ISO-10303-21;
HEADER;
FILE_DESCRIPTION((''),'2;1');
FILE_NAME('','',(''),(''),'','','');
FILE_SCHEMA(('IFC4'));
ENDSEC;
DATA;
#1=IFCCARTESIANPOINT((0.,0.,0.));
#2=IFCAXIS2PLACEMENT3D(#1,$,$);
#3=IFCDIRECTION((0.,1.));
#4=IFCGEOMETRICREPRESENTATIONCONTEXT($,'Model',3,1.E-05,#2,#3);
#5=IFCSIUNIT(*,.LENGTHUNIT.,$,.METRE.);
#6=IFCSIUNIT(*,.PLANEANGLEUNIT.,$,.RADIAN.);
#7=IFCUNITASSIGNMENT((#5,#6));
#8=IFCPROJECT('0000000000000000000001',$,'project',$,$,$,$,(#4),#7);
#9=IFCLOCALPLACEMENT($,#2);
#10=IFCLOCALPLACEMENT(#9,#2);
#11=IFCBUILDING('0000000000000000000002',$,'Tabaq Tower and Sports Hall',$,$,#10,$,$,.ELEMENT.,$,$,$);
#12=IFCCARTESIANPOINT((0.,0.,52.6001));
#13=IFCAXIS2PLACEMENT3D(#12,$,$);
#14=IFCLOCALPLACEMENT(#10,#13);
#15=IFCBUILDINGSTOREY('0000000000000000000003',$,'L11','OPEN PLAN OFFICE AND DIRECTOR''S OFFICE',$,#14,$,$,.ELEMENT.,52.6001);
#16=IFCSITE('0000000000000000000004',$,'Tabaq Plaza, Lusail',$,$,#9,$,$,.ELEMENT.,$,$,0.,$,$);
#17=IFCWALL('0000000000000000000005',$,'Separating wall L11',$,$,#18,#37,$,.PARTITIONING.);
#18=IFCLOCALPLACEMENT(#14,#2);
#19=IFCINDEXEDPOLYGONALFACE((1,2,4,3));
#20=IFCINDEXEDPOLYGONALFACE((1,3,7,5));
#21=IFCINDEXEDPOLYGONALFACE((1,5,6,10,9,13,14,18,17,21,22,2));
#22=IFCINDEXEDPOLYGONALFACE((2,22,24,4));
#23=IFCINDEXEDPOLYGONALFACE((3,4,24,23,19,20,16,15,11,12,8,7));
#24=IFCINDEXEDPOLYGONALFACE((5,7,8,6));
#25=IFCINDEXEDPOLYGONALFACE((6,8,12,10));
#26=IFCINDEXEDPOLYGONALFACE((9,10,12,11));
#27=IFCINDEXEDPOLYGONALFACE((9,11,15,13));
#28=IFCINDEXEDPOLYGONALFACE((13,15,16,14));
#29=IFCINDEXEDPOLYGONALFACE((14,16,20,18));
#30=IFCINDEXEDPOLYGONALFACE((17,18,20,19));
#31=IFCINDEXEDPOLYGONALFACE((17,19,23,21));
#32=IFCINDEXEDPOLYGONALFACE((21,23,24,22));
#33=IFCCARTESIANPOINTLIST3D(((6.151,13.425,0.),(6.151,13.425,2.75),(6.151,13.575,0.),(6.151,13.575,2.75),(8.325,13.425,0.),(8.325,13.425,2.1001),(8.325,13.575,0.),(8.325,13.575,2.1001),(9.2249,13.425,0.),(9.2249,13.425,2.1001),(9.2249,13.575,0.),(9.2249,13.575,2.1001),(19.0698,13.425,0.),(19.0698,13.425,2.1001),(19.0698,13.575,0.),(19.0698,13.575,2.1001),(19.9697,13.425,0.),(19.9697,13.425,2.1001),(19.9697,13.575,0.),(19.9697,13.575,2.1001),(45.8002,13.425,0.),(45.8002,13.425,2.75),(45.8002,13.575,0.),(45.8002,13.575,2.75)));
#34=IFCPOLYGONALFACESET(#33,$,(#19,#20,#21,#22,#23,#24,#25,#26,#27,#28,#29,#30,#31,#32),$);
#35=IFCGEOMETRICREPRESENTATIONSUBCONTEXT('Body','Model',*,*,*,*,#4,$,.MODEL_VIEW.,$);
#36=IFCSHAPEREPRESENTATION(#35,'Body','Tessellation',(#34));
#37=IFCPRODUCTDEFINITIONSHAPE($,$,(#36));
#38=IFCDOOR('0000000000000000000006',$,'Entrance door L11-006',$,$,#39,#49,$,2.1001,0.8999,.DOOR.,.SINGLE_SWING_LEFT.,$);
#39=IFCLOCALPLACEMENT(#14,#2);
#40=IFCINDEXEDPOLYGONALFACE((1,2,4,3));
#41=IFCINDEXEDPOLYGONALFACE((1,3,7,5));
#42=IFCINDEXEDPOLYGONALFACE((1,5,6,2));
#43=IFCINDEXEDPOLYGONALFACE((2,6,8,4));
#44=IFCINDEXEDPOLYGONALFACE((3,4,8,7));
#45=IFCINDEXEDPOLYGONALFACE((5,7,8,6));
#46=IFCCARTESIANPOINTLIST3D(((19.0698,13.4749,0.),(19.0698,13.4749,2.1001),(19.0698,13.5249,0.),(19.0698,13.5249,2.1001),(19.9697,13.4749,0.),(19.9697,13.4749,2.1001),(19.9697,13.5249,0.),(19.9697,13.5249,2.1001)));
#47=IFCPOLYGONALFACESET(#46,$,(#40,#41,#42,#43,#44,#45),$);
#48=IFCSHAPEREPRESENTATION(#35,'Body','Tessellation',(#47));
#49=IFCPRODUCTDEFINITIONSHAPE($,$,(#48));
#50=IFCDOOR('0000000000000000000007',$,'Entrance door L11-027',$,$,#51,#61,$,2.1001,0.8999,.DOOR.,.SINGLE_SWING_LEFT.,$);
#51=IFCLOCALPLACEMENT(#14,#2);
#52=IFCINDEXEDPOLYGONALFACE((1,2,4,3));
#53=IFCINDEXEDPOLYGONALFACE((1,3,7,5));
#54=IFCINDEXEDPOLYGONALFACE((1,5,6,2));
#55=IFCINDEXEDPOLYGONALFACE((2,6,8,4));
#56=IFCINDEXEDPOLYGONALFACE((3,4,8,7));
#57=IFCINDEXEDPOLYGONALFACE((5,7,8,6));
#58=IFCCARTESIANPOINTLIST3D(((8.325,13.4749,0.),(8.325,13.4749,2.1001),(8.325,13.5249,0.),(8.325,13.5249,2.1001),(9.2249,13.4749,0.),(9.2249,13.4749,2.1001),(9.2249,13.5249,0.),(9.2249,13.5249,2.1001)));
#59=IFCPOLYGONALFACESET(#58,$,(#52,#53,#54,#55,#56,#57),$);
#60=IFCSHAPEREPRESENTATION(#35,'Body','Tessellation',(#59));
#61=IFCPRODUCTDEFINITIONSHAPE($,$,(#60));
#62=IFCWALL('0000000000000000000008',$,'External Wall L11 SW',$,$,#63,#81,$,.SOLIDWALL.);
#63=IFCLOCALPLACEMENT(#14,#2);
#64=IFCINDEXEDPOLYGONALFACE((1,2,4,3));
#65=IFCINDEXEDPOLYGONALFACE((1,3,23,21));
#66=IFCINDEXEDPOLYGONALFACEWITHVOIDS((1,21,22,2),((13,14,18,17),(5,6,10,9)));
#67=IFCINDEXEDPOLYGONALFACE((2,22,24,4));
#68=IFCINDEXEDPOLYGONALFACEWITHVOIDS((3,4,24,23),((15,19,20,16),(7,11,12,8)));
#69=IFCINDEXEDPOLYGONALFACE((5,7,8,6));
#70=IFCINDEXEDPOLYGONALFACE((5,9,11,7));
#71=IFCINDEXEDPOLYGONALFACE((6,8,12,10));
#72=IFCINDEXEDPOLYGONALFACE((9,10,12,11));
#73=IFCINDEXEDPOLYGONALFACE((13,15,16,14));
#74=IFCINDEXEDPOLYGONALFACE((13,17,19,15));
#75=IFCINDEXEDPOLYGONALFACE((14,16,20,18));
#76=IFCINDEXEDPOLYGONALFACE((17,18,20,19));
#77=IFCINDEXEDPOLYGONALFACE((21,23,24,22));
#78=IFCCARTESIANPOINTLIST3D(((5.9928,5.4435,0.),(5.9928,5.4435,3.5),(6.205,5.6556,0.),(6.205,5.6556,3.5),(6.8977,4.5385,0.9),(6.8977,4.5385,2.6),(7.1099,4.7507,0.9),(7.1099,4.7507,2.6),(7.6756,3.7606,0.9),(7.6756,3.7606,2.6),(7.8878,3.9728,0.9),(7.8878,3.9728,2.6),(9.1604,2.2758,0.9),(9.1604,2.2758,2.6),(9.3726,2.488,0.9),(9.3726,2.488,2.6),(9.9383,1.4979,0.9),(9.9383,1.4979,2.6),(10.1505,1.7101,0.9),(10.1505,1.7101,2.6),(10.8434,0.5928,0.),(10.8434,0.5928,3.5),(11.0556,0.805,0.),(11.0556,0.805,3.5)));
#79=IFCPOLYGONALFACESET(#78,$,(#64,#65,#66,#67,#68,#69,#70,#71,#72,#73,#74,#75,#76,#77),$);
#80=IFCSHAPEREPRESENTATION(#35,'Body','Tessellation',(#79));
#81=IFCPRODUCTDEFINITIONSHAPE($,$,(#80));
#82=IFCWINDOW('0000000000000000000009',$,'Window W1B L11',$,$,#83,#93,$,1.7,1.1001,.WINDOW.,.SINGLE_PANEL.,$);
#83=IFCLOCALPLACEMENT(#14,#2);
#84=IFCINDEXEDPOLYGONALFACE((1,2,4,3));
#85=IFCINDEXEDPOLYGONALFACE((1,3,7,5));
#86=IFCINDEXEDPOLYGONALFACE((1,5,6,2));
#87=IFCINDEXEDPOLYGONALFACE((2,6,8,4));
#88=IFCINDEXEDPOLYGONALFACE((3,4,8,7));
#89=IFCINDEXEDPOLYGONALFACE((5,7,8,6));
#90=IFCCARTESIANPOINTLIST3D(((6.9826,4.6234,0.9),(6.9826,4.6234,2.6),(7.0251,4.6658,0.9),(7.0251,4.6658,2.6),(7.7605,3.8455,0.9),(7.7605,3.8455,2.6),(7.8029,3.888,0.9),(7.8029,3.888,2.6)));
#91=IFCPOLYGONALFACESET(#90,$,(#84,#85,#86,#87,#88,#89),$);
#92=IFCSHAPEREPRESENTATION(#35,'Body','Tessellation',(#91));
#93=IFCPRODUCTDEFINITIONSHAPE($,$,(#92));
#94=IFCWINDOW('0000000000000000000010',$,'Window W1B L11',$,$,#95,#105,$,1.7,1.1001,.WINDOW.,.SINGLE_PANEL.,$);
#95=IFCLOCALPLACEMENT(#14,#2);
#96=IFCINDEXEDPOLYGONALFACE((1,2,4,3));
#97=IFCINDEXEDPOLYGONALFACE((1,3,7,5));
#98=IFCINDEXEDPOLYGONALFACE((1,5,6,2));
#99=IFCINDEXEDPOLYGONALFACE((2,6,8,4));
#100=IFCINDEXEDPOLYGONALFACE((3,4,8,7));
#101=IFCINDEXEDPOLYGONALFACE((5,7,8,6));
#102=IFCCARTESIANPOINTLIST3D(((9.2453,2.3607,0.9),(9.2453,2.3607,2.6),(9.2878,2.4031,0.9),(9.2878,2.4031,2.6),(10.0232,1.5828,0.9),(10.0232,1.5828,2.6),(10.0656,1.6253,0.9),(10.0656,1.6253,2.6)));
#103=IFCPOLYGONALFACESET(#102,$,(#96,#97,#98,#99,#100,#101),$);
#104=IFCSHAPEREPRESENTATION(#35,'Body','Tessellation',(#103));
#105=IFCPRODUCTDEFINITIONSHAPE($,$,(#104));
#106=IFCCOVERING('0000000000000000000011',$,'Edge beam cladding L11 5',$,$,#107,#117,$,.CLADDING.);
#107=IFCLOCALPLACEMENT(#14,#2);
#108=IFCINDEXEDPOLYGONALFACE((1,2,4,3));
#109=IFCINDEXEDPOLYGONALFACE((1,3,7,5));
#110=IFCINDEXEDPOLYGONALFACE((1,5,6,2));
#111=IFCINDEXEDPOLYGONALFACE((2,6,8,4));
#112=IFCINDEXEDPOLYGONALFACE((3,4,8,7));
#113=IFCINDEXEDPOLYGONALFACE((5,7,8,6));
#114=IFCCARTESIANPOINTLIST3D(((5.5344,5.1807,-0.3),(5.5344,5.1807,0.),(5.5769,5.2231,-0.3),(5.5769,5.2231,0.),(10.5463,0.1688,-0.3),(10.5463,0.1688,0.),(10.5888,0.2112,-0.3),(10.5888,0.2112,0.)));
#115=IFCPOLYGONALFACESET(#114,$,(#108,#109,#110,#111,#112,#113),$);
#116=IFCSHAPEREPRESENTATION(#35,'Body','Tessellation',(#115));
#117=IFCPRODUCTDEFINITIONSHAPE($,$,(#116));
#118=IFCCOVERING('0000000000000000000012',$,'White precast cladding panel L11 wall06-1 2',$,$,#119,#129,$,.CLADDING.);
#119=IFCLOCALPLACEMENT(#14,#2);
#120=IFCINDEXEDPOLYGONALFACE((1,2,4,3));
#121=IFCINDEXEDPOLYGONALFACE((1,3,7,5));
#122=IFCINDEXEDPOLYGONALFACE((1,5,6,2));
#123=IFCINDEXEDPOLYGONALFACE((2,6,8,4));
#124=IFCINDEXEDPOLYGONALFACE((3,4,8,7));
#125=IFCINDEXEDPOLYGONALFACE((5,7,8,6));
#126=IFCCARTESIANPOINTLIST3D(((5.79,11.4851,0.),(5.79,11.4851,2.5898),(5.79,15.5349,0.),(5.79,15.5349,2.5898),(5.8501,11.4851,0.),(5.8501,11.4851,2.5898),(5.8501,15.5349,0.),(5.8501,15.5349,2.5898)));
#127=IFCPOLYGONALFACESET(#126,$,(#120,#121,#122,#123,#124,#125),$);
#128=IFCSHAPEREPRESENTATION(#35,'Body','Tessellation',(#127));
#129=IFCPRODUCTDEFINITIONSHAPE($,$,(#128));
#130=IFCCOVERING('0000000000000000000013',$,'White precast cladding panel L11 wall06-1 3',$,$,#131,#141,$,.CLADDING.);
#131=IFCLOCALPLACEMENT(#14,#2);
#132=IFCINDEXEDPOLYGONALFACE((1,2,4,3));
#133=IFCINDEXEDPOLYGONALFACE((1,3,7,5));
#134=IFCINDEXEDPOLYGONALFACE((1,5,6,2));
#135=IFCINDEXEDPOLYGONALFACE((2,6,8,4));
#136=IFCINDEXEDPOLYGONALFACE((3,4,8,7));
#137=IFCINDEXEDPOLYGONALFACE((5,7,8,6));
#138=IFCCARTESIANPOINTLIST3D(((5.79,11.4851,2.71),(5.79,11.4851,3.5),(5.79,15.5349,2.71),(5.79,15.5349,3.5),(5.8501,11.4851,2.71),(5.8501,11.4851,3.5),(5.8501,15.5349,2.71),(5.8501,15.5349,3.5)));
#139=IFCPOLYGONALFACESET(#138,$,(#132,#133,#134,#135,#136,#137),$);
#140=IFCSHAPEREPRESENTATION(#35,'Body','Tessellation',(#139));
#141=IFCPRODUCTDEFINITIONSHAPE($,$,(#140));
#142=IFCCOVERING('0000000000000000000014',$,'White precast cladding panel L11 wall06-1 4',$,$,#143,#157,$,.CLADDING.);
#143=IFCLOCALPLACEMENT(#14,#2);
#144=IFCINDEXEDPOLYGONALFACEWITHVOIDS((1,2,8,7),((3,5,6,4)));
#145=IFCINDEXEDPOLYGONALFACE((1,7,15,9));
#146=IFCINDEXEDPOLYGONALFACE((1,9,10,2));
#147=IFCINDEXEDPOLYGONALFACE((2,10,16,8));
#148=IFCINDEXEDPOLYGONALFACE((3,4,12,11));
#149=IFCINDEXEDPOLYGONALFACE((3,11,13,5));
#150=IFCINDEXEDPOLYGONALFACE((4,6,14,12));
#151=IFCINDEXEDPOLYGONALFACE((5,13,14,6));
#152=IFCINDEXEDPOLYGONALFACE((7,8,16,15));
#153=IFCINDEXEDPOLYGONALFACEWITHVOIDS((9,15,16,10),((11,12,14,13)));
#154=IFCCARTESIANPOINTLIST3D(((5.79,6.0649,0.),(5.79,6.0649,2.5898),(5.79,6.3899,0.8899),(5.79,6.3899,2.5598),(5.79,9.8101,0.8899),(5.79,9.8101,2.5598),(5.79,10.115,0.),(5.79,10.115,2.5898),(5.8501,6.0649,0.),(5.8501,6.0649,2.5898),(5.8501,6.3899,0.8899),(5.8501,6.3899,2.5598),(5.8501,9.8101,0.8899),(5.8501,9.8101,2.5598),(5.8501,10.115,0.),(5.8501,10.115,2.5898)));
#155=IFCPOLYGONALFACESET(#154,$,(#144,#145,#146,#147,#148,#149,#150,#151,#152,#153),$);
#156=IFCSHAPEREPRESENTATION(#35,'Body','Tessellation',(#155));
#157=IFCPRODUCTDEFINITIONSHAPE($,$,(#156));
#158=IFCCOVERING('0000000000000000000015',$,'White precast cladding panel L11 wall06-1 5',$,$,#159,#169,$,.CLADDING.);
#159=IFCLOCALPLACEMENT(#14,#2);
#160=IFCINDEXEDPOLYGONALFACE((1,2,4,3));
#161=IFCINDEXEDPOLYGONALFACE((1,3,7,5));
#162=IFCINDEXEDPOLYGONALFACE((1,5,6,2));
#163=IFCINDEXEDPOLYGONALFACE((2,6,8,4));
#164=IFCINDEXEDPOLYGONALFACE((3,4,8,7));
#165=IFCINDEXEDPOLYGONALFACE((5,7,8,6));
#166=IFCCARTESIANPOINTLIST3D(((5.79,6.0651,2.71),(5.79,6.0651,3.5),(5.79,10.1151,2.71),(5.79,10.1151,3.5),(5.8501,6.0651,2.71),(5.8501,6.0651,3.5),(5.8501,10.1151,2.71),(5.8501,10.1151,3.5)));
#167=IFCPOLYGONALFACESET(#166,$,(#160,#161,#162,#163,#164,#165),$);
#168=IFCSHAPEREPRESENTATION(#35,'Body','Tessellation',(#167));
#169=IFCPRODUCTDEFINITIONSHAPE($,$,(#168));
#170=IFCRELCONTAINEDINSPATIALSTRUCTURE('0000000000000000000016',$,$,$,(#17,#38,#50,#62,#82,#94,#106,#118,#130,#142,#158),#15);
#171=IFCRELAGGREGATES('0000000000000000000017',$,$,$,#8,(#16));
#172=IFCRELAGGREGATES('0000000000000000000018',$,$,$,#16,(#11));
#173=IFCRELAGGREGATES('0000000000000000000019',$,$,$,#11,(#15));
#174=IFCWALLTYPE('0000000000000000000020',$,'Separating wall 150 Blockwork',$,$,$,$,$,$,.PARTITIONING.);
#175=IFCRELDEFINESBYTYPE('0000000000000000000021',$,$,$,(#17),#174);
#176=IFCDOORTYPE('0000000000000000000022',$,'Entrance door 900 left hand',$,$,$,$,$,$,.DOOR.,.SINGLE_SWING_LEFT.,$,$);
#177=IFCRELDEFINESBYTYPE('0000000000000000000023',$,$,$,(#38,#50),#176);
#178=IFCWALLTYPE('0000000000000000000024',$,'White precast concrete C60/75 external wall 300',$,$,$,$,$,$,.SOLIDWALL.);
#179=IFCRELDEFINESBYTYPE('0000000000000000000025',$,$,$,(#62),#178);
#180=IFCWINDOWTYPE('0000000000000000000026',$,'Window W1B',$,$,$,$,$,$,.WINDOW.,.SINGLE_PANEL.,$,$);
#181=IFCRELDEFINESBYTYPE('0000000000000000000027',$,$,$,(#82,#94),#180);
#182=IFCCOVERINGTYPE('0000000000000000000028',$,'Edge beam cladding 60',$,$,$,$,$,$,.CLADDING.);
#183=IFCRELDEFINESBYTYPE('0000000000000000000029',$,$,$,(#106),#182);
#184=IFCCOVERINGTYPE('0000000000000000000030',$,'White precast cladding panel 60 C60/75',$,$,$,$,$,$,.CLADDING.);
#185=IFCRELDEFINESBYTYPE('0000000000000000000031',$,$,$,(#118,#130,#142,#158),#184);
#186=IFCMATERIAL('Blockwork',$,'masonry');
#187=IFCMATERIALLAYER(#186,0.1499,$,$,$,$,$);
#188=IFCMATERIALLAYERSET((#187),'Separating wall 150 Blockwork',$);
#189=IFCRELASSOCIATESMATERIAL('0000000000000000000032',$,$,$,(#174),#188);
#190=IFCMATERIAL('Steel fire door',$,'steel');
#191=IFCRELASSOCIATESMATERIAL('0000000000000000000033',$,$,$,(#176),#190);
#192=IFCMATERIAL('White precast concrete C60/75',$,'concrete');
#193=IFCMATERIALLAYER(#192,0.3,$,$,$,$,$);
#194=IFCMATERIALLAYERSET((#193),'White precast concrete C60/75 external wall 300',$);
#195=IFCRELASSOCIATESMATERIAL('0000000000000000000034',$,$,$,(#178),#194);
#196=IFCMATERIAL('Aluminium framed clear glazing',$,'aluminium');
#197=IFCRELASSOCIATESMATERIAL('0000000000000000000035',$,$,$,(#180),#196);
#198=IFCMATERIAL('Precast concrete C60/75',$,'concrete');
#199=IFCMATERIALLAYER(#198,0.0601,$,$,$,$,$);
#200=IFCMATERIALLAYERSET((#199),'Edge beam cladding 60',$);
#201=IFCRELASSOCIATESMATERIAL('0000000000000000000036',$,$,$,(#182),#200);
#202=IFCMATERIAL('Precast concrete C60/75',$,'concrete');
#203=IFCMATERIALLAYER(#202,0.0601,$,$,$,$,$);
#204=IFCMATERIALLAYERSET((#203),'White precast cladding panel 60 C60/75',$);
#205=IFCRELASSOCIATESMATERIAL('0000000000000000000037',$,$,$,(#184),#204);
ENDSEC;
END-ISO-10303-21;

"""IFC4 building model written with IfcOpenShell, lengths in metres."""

from ifc_helpers import new_model, si_unit, direction, frame, frame_2d, origin, place, context, subcontext, project, spatial, polyline, rectangle, outline, extrude, material, layer, layer_set, type_object, element, fill, save


model = new_model("IFC4")

# Units and contexts
model_context = context("Model", 3, precision=1e-05, world=origin(), true_north=direction((0.0, 1.0)))
body_context = subcontext(model_context, "Body", "Model", "MODEL_VIEW")
ifc_project = project(units=[si_unit("LENGTHUNIT", "METRE"), si_unit("PLANEANGLEUNIT", "RADIAN")], contexts=[model_context])

# Site, building, storey
site_placement = place(None, origin())
site = spatial("IfcSite", under=ifc_project, at=site_placement, Name="Tabaq Plaza, Lusail", CompositionType="ELEMENT", RefElevation=0.0)
building_placement = place(site_placement, origin())
building = spatial("IfcBuilding", under=site, at=building_placement, Name="Tabaq Tower and Sports Hall", CompositionType="ELEMENT")
storey_placement = place(building_placement, frame((0.0, 0.0, 52.6001)))
storey = spatial("IfcBuildingStorey", under=building, at=storey_placement, Name="L11", Description="OPEN PLAN OFFICE AND DIRECTOR'S OFFICE", CompositionType="ELEMENT", Elevation=52.6001)

# Wall, openings, doors
ifc_material_1 = material(Name="Blockwork", Category="masonry")
ifc_layer_1 = layer(ifc_material_1, 0.1499)
ifc_layer_set_1 = layer_set([ifc_layer_1], Name="Separating wall 150 Blockwork")
wall_type_1 = type_object("IfcWallType", Name="Separating wall 150 Blockwork", PredefinedType="PARTITIONING", material=ifc_layer_set_1)
wall_1_placement = place(storey_placement, frame((6.1509, 13.5, 0.0), z_axis=(0.0, 0.0, 1.0), x_axis=(1.0, 0.0, 0.0)))
wall_1 = element("IfcWall", 1, at=wall_1_placement, inside=storey, type_object=wall_type_1, Name="Separating wall L11", PredefinedType="PARTITIONING", context=body_context, shape_type="SweptSolid", body=[
    extrude(rectangle(XDim=39.6492, YDim=0.1499, at=frame_2d((19.8247, 0.0))), origin(), (0.0, 0.0, 1.0), 2.75),
])
opening_1_placement = place(wall_1_placement, frame((12.9189, 0.0, 0.0)))
opening_1 = element("IfcOpeningElement", 2, at=opening_1_placement, cuts=wall_1, PredefinedType="OPENING", context=body_context, shape_type="SweptSolid", body=[
    extrude(rectangle(XDim=0.8999, YDim=2.1001, at=frame_2d((0.45, 1.05))), frame((0.0, 0.075, 0.0), z_axis=(0.0, -1.0, 0.0), x_axis=(1.0, 0.0, 0.0)), (0.0, 0.0, 1.0), 0.1499),
])
opening_2_placement = place(wall_1_placement, frame((2.1741, 0.0, 0.0)))
opening_2 = element("IfcOpeningElement", 3, at=opening_2_placement, cuts=wall_1, PredefinedType="OPENING", context=body_context, shape_type="SweptSolid", body=[
    extrude(rectangle(XDim=0.8999, YDim=2.1001, at=frame_2d((0.45, 1.05))), frame((0.0, 0.075, 0.0), z_axis=(0.0, -1.0, 0.0), x_axis=(1.0, 0.0, 0.0)), (0.0, 0.0, 1.0), 0.1499),
])
ifc_material_2 = material(Name="Steel fire door", Category="steel")
door_type_1 = type_object("IfcDoorType", Name="Entrance door 900 left hand", OperationType="SINGLE_SWING_LEFT", PredefinedType="DOOR", material=ifc_material_2)
door_1_placement = place(opening_1_placement, origin())
door_1 = element("IfcDoor", 4, at=door_1_placement, inside=storey, type_object=door_type_1, Name="Entrance door L11-006", OperationType="SINGLE_SWING_LEFT", OverallHeight=2.1001, OverallWidth=0.8999, PredefinedType="DOOR", context=body_context, shape_type="SweptSolid", body=[
    extrude(rectangle(XDim=0.8999, YDim=2.1001, at=frame_2d((0.45, 1.05))), frame((0.0, 0.0249, 0.0), z_axis=(0.0, -1.0, 0.0), x_axis=(1.0, 0.0, 0.0)), (0.0, 0.0, 1.0), 0.05),
])
fill(opening_1, door_1)
door_2_placement = place(opening_2_placement, origin())
door_2 = element("IfcDoor", 5, at=door_2_placement, inside=storey, type_object=door_type_1, Name="Entrance door L11-027", OperationType="SINGLE_SWING_LEFT", OverallHeight=2.1001, OverallWidth=0.8999, PredefinedType="DOOR", context=body_context, shape_type="SweptSolid", body=[
    extrude(rectangle(XDim=0.8999, YDim=2.1001, at=frame_2d((0.45, 1.05))), frame((0.0, 0.0249, 0.0), z_axis=(0.0, -1.0, 0.0), x_axis=(1.0, 0.0, 0.0)), (0.0, 0.0, 1.0), 0.05),
])
fill(opening_2, door_2)

# Wall, openings, windows
ifc_material_3 = material(Name="White precast concrete C60/75", Category="concrete")
ifc_layer_2 = layer(ifc_material_3, 0.3)
ifc_layer_set_2 = layer_set([ifc_layer_2], Name="White precast concrete C60/75 external wall 300")
wall_type_2 = type_object("IfcWallType", Name="White precast concrete C60/75 external wall 300", PredefinedType="SOLIDWALL", material=ifc_layer_set_2)
wall_2_placement = place(storey_placement, frame((6.0989, 5.5496, 0.0), z_axis=(0.0, 0.0, 1.0), x_axis=(0.707107, -0.707107, 0.0)))
wall_2 = element("IfcWall", 6, at=wall_2_placement, inside=storey, type_object=wall_type_2, Name="External Wall L11 SW", PredefinedType="SOLIDWALL", context=body_context, shape_type="SweptSolid", body=[
    extrude(rectangle(XDim=6.8599, YDim=0.3, at=frame_2d((3.4299, 0.0))), origin(), (0.0, 0.0, 1.0), 3.5),
])
opening_3_placement = place(wall_2_placement, frame((1.2798, 0.0, 0.8999)))
opening_3 = element("IfcOpeningElement", 7, at=opening_3_placement, cuts=wall_2, PredefinedType="OPENING", context=body_context, shape_type="SweptSolid", body=[
    extrude(rectangle(XDim=1.1001, YDim=1.7, at=frame_2d((0.55, 0.8501))), frame((0.0, 0.1602, 0.0), z_axis=(0.0, -1.0, 0.0), x_axis=(1.0, 0.0, 0.0)), (0.0, 0.0, 1.0), 0.3201),
])
opening_4_placement = place(wall_2_placement, frame((4.4797, 0.0, 0.8999)))
opening_4 = element("IfcOpeningElement", 8, at=opening_4_placement, cuts=wall_2, PredefinedType="OPENING", context=body_context, shape_type="SweptSolid", body=[
    extrude(rectangle(XDim=1.1001, YDim=1.7, at=frame_2d((0.55, 0.8501))), frame((0.0, 0.1602, 0.0), z_axis=(0.0, -1.0, 0.0), x_axis=(1.0, 0.0, 0.0)), (0.0, 0.0, 1.0), 0.3201),
])
ifc_material_4 = material(Name="Aluminium framed clear glazing", Category="aluminium")
window_type = type_object("IfcWindowType", Name="Window W1B", PartitioningType="SINGLE_PANEL", PredefinedType="WINDOW", material=ifc_material_4)
window_1_placement = place(opening_3_placement, origin())
window_1 = element("IfcWindow", 9, at=window_1_placement, inside=storey, type_object=window_type, Name="Window W1B L11", OverallHeight=1.7, OverallWidth=1.1001, PartitioningType="SINGLE_PANEL", PredefinedType="WINDOW", context=body_context, shape_type="SweptSolid", body=[
    extrude(rectangle(XDim=1.1001, YDim=1.7, at=frame_2d((0.55, 0.8501))), frame((0.0, 0.03, 0.0), z_axis=(0.0, -1.0, 0.0), x_axis=(1.0, 0.0, 0.0)), (0.0, 0.0, 1.0), 0.0601),
])
fill(opening_3, window_1)
window_2_placement = place(opening_4_placement, origin())
window_2 = element("IfcWindow", 10, at=window_2_placement, inside=storey, type_object=window_type, Name="Window W1B L11", OverallHeight=1.7, OverallWidth=1.1001, PartitioningType="SINGLE_PANEL", PredefinedType="WINDOW", context=body_context, shape_type="SweptSolid", body=[
    extrude(rectangle(XDim=1.1001, YDim=1.7, at=frame_2d((0.55, 0.8501))), frame((0.0, 0.03, 0.0), z_axis=(0.0, -1.0, 0.0), x_axis=(1.0, 0.0, 0.0)), (0.0, 0.0, 1.0), 0.0601),
])
fill(opening_4, window_2)

# Coverings
ifc_material_5 = material(Name="Precast concrete C60/75", Category="concrete")
ifc_layer_3 = layer(ifc_material_5, 0.0601)
ifc_layer_set_3 = layer_set([ifc_layer_3], Name="Edge beam cladding 60")
covering_type_1 = type_object("IfcCoveringType", Name="Edge beam cladding 60", PredefinedType="CLADDING", material=ifc_layer_set_3)
covering_1_placement = place(storey_placement, frame((5.5557, 5.2019, -0.3), z_axis=(0.0, 0.0, 1.0), x_axis=(0.707107, -0.707107, 0.0)))
element("IfcCovering", 11, at=covering_1_placement, inside=storey, type_object=covering_type_1, Name="Edge beam cladding L11 5", PredefinedType="CLADDING", context=body_context, shape_type="SweptSolid", body=[
    extrude(rectangle(XDim=7.0879, YDim=0.0601, at=frame_2d((3.5439, 0.0))), origin(), (0.0, 0.0, 1.0), 0.3),
])
ifc_material_6 = material(Name="Precast concrete C60/75", Category="concrete")
ifc_layer_4 = layer(ifc_material_6, 0.0601)
ifc_layer_set_4 = layer_set([ifc_layer_4], Name="White precast cladding panel 60 C60/75")
covering_type_2 = type_object("IfcCoveringType", Name="White precast cladding panel 60 C60/75", PredefinedType="CLADDING", material=ifc_layer_set_4)
covering_2_placement = place(storey_placement, frame((5.8201, 15.5349, 0.0), z_axis=(0.0, 0.0, 1.0), x_axis=(0.0, -1.0, 0.0)))
element("IfcCovering", 12, at=covering_2_placement, inside=storey, type_object=covering_type_2, Name="White precast cladding panel L11 wall06-1 2", PredefinedType="CLADDING", context=body_context, shape_type="SweptSolid", body=[
    extrude(rectangle(XDim=4.0498, YDim=0.0601, at=frame_2d((2.0249, 0.0))), origin(), (0.0, 0.0, 1.0), 2.5898),
])
covering_3_placement = place(storey_placement, frame((5.8201, 15.5349, 2.71), z_axis=(0.0, 0.0, 1.0), x_axis=(0.0, -1.0, 0.0)))
element("IfcCovering", 13, at=covering_3_placement, inside=storey, type_object=covering_type_2, Name="White precast cladding panel L11 wall06-1 3", PredefinedType="CLADDING", context=body_context, shape_type="SweptSolid", body=[
    extrude(rectangle(XDim=4.0498, YDim=0.0601, at=frame_2d((2.0249, 0.0))), origin(), (0.0, 0.0, 1.0), 0.79),
])
covering_4_placement = place(storey_placement, frame((5.8201, 10.115, 0.0), z_axis=(0.0, 0.0, 1.0), x_axis=(0.0, -1.0, 0.0)))
element("IfcCovering", 14, at=covering_4_placement, inside=storey, type_object=covering_type_2, Name="White precast cladding panel L11 wall06-1 4", PredefinedType="CLADDING", context=body_context, shape_type="SweptSolid", body=[
    extrude(outline(polyline([(0.0, 0.0), (4.05, 0.0), (4.05, 2.5898), (0.0, 2.5898), (0.0, 0.0)]), holes=[polyline([(3.7251, 0.8899), (0.3049, 0.8899), (0.3049, 2.5598), (3.7251, 2.5598), (3.7251, 0.8899)])]), frame((0.0, 0.03, 0.0), z_axis=(0.0, -1.0, 0.0), x_axis=(1.0, 0.0, 0.0)), (0.0, 0.0, 1.0), 0.0601),
])
covering_5_placement = place(storey_placement, frame((5.8201, 10.115, 2.71), z_axis=(0.0, 0.0, 1.0), x_axis=(0.0, -1.0, 0.0)))
element("IfcCovering", 15, at=covering_5_placement, inside=storey, type_object=covering_type_2, Name="White precast cladding panel L11 wall06-1 5", PredefinedType="CLADDING", context=body_context, shape_type="SweptSolid", body=[
    extrude(rectangle(XDim=4.05, YDim=0.0601, at=frame_2d((2.0249, 0.0))), origin(), (0.0, 0.0, 1.0), 0.79),
])

save(model, "model.ifc")
